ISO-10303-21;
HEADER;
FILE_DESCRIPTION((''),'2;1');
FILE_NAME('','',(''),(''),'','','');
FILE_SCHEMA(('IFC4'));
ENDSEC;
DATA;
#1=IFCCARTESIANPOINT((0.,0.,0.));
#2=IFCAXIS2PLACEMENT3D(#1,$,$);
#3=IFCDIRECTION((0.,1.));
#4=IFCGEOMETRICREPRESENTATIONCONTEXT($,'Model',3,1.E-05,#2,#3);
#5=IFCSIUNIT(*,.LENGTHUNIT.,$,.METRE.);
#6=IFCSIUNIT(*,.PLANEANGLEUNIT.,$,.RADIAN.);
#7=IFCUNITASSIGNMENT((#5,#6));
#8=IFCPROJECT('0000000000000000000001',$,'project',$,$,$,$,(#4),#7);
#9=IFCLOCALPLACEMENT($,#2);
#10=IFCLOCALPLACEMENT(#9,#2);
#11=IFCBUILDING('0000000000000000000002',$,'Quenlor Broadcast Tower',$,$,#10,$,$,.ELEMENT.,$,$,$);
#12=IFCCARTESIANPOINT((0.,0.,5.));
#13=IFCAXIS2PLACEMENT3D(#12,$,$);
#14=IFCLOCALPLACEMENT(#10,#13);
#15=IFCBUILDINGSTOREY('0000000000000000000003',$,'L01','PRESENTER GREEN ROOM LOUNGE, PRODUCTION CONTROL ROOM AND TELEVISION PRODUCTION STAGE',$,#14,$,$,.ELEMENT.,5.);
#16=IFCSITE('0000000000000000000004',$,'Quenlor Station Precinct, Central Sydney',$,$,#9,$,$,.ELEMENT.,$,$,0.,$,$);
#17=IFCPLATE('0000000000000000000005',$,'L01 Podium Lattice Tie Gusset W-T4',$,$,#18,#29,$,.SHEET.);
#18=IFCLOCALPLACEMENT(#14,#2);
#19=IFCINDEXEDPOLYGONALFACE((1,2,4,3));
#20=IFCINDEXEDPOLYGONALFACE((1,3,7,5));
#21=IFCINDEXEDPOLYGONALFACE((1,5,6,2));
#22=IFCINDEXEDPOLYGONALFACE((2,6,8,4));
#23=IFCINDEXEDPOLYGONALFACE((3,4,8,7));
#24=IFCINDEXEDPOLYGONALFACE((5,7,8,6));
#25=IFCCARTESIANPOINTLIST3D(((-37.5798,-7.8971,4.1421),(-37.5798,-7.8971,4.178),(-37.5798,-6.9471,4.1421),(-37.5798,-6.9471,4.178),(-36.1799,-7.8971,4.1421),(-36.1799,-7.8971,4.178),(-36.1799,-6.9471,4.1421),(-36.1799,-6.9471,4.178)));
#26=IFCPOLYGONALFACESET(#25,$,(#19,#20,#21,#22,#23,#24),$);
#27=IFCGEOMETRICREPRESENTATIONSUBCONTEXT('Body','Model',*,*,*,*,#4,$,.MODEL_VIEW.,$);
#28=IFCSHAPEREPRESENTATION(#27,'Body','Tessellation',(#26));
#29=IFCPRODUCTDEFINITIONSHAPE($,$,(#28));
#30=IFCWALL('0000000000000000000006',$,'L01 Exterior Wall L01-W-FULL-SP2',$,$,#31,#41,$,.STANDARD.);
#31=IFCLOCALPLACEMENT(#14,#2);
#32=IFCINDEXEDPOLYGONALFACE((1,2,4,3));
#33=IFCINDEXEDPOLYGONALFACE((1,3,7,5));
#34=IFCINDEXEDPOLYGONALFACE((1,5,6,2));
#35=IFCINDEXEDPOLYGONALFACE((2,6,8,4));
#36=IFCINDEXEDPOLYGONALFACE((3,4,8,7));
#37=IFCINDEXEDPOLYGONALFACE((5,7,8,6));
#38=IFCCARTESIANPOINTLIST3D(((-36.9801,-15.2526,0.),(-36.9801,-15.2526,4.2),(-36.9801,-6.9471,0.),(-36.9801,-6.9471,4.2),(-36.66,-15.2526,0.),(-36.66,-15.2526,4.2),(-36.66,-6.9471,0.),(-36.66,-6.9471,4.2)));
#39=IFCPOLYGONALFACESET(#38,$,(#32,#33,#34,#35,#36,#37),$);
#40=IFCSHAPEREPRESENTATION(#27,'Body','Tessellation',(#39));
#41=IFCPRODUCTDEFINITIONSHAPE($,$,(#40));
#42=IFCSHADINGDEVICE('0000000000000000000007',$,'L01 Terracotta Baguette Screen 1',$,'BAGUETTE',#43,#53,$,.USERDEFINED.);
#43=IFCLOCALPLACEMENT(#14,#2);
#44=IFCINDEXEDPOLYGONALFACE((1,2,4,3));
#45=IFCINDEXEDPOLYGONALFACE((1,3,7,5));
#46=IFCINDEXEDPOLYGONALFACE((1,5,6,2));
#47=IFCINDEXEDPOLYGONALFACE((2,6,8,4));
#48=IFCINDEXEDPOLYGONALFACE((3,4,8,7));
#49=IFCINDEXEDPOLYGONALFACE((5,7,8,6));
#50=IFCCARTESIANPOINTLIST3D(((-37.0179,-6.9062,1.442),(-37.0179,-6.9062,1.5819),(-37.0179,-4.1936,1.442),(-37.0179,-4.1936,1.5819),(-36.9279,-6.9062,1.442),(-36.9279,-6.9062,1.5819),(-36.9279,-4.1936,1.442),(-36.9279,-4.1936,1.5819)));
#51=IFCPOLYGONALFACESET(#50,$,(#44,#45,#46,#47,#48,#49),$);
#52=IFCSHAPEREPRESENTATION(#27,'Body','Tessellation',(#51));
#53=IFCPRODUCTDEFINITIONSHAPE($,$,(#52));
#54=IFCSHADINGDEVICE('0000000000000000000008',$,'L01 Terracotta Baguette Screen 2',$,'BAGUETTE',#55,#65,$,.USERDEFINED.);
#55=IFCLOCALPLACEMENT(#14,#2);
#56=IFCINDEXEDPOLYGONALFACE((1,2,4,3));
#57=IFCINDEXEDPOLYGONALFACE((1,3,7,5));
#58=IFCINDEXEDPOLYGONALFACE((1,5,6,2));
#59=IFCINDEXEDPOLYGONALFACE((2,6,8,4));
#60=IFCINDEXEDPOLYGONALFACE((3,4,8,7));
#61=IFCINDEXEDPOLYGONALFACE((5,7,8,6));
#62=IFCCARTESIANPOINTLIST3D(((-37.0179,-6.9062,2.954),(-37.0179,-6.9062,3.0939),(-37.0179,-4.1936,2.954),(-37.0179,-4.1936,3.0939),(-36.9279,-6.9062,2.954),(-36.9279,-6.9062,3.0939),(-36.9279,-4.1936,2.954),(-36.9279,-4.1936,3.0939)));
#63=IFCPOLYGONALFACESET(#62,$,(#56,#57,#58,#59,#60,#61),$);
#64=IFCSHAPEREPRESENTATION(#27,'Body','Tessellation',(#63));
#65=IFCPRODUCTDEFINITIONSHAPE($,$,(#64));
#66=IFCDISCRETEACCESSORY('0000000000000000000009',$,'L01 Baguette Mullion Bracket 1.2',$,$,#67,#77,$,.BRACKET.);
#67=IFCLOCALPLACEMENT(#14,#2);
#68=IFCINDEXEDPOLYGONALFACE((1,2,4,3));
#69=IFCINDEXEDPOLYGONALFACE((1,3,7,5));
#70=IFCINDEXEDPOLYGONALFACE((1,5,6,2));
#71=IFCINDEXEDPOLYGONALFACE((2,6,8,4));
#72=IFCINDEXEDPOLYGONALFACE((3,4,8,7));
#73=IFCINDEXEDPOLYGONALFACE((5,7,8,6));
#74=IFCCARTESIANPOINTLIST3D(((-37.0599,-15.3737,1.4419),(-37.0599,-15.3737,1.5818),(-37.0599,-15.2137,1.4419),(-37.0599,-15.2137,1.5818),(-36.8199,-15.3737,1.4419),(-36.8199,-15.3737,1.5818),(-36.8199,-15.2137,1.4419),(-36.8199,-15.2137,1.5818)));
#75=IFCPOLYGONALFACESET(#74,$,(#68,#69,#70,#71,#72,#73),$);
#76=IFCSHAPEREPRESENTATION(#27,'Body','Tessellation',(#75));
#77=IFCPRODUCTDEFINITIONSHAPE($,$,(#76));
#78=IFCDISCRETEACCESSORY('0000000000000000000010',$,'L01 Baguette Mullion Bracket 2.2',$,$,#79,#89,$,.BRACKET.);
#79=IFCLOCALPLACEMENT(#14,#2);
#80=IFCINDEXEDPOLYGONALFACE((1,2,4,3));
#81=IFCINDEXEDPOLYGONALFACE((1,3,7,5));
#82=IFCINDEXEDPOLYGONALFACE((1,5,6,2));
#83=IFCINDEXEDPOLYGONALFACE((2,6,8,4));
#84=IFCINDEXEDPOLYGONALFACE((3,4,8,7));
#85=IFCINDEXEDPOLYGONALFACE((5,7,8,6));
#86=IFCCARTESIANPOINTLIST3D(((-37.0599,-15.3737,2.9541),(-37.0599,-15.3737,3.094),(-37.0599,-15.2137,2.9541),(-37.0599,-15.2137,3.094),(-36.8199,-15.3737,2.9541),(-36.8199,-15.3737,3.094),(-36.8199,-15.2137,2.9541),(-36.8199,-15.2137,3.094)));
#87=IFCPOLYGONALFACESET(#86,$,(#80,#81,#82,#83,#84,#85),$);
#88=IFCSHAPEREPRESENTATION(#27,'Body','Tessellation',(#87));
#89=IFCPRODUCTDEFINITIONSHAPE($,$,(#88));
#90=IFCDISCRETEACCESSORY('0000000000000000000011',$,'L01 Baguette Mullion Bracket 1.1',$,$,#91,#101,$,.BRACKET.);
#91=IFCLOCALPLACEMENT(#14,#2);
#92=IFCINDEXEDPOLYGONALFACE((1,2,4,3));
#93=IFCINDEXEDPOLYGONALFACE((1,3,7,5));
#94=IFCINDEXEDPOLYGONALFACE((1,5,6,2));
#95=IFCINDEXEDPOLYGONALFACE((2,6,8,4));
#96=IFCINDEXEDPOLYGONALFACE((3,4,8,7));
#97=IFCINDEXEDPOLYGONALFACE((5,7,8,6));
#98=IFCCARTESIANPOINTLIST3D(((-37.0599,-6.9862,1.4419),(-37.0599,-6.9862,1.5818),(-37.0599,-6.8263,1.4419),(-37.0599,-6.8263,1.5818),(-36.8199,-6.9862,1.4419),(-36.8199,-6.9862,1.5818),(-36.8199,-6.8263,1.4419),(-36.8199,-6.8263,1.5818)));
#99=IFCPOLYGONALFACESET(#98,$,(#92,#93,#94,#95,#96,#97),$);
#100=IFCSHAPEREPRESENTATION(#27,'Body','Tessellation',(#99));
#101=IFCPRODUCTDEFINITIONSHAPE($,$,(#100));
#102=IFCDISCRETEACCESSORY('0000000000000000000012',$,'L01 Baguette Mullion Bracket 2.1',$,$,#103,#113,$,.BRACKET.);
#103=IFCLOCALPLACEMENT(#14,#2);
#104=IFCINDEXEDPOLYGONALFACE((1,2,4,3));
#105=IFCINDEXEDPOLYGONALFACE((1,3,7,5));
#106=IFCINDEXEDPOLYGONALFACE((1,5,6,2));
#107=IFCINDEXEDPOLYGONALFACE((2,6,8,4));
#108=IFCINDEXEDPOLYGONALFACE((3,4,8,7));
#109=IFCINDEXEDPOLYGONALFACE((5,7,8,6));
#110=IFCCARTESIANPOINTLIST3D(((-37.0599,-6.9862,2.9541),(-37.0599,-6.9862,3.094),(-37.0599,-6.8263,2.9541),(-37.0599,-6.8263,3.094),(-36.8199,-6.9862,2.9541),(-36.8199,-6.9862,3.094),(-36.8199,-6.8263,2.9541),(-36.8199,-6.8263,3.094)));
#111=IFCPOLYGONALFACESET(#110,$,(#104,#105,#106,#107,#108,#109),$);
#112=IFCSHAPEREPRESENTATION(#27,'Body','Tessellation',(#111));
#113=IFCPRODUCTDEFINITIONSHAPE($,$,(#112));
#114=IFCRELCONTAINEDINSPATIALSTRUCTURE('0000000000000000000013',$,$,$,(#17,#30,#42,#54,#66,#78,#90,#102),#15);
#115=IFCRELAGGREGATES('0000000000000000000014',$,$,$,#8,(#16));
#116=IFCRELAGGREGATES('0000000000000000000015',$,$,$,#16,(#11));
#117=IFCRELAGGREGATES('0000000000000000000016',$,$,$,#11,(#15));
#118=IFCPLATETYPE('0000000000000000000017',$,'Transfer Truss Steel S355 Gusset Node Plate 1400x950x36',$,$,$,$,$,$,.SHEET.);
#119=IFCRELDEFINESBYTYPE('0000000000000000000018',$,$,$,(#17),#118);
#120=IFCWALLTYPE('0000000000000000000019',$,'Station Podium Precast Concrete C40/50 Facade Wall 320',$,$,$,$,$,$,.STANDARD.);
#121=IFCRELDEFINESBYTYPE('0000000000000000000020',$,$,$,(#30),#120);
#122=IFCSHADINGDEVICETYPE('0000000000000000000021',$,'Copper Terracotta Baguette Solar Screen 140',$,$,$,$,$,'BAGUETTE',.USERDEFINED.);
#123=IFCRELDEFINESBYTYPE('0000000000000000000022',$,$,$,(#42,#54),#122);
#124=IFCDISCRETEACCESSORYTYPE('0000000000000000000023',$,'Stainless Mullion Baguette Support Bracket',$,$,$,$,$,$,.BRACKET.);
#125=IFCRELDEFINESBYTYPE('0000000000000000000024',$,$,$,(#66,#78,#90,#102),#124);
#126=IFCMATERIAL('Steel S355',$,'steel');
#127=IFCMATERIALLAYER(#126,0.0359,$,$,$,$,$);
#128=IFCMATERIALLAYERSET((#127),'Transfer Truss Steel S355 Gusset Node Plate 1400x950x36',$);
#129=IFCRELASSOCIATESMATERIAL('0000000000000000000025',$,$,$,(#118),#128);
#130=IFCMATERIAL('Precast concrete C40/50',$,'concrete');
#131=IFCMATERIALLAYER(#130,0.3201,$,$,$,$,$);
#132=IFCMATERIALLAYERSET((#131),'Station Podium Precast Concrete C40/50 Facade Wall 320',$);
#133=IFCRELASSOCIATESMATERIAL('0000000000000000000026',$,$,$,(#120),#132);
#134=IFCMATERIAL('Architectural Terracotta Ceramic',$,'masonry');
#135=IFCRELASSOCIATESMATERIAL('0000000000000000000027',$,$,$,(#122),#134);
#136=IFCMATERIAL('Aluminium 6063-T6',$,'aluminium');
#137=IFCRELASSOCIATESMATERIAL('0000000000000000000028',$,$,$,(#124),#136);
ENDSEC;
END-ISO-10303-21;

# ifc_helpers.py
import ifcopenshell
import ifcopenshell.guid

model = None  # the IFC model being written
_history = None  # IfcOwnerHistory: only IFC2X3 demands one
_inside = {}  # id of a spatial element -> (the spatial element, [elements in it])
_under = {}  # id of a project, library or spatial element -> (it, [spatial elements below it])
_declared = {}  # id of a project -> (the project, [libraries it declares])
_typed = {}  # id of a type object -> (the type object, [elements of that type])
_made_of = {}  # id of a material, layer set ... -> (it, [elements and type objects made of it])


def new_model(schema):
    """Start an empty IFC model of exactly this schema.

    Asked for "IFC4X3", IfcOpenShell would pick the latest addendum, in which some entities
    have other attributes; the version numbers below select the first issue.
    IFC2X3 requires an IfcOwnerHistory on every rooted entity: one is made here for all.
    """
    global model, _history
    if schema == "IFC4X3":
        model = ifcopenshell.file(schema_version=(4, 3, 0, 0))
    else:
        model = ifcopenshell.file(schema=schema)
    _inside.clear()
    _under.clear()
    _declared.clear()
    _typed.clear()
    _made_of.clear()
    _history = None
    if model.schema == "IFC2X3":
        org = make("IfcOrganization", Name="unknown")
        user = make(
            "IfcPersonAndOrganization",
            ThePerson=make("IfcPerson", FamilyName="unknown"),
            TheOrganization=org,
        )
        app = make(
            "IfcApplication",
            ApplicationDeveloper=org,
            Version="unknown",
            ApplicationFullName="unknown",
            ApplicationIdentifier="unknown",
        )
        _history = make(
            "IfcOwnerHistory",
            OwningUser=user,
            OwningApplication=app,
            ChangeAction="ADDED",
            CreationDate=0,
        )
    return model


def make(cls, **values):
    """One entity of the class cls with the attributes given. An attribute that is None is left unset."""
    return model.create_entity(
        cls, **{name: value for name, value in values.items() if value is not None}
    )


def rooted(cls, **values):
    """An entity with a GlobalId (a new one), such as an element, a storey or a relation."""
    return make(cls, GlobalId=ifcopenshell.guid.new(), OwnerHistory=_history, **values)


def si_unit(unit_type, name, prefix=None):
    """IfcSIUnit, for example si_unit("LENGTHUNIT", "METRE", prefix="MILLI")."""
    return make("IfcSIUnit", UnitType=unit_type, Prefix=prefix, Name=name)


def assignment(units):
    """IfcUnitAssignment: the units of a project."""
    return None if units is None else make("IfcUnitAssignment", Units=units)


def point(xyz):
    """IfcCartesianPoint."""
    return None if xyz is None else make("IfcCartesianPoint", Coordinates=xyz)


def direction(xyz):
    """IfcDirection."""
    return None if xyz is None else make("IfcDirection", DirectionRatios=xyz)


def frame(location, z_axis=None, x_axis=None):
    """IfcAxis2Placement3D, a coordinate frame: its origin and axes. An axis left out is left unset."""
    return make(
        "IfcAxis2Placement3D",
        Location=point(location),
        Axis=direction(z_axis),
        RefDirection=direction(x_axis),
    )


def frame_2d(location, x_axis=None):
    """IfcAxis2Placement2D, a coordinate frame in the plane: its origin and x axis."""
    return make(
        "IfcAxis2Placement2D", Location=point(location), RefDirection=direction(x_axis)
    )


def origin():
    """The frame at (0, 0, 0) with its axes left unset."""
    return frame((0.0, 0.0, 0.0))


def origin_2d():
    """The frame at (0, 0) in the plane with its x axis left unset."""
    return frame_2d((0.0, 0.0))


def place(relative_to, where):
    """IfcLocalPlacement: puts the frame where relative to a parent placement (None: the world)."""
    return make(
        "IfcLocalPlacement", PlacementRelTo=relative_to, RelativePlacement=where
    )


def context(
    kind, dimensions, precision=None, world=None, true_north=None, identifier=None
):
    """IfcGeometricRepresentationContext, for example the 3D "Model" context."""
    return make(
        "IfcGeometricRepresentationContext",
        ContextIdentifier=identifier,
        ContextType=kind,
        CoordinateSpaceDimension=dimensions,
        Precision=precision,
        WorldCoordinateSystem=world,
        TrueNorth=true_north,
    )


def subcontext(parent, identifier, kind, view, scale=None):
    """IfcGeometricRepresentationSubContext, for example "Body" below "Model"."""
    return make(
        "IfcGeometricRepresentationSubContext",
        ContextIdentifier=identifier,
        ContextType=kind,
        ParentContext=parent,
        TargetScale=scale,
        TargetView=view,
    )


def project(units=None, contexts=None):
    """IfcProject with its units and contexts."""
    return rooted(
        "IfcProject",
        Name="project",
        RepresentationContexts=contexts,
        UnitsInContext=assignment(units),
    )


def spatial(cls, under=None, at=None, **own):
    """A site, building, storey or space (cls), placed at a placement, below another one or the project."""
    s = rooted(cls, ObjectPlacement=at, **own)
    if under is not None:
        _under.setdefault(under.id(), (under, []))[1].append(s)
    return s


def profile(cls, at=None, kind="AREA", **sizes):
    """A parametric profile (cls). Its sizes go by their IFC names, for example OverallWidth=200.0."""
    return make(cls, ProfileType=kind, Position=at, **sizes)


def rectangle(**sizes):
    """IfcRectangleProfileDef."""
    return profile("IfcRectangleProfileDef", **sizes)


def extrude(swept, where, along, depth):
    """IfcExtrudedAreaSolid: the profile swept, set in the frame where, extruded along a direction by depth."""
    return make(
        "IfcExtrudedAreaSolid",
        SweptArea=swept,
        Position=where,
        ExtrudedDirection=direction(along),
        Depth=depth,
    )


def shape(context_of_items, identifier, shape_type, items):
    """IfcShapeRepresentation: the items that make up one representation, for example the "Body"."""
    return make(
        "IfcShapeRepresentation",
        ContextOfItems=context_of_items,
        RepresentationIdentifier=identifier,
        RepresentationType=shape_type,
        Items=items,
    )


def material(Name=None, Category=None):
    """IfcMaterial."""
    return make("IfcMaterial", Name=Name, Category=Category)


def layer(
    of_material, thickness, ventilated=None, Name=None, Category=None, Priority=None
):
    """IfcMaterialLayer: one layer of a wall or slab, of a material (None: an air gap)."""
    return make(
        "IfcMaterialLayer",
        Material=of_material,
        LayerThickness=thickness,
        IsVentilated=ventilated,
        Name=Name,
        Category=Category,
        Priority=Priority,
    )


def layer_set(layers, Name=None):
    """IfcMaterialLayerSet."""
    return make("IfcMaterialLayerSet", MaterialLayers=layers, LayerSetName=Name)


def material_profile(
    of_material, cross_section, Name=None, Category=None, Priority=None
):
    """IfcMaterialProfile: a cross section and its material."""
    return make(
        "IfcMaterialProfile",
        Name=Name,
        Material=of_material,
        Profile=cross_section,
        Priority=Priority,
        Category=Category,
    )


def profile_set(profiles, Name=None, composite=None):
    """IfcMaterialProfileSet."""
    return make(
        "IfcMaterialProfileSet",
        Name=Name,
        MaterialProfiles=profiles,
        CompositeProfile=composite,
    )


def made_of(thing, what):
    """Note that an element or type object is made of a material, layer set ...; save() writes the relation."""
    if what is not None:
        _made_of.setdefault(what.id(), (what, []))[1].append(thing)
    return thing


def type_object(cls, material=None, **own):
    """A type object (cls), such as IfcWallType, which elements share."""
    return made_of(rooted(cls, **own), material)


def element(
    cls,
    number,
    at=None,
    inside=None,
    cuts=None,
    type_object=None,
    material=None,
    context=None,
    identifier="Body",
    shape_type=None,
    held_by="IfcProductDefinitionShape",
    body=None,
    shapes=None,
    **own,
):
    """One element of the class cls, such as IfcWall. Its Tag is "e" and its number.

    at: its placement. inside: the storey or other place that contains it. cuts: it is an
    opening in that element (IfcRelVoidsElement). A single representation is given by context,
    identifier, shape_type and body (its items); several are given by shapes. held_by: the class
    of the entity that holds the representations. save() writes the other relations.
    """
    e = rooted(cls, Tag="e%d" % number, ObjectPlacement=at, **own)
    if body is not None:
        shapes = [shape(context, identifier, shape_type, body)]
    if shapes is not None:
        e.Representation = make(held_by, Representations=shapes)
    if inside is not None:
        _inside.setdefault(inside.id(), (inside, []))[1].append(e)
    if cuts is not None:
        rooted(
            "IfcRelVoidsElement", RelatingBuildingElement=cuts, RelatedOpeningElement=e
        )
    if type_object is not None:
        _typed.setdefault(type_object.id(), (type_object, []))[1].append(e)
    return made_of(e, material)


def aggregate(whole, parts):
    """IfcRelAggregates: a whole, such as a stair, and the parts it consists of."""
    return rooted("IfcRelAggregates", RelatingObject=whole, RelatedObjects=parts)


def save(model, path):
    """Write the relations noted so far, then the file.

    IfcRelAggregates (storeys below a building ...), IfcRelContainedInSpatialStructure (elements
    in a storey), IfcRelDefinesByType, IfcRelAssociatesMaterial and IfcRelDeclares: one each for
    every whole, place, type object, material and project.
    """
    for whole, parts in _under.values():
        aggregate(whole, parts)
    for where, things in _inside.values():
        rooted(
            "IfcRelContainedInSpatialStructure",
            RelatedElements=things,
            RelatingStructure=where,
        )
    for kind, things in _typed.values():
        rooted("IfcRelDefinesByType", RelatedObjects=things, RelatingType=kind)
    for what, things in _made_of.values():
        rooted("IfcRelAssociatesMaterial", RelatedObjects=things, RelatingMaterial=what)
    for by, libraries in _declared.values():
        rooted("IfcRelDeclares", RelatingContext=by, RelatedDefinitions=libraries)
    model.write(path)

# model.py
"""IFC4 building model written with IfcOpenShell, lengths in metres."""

from ifc_helpers import new_model, si_unit, direction, frame, frame_2d, origin, origin_2d, place, context, subcontext, project, spatial, rectangle, extrude, material, layer, layer_set, material_profile, profile_set, type_object, element, save


model = new_model("IFC4")

# Units and contexts
model_context = context("Model", 3, precision=1e-05, world=origin(), true_north=direction((0.0, 1.0)))
body_context = subcontext(model_context, "Body", "Model", "MODEL_VIEW")
ifc_project = project(units=[si_unit("LENGTHUNIT", "METRE"), si_unit("PLANEANGLEUNIT", "RADIAN")], contexts=[model_context])

# Site, building, storey
site_placement = place(None, origin())
site = spatial("IfcSite", under=ifc_project, at=site_placement, Name="Quenlor Station Precinct, Central Sydney", CompositionType="ELEMENT", RefElevation=0.0)
building_placement = place(site_placement, origin())
building = spatial("IfcBuilding", under=site, at=building_placement, Name="Quenlor Broadcast Tower", CompositionType="ELEMENT")
storey_placement = place(building_placement, frame((0.0, 0.0, 5.0)))
storey = spatial("IfcBuildingStorey", under=building, at=storey_placement, Name="L01", Description="PRESENTER GREEN ROOM LOUNGE, PRODUCTION CONTROL ROOM AND TELEVISION PRODUCTION STAGE", CompositionType="ELEMENT", Elevation=5.0)

# Plate
ifc_material_1 = material(Name="Steel S355", Category="steel")
ifc_layer_1 = layer(ifc_material_1, 0.0359)
ifc_layer_set_1 = layer_set([ifc_layer_1], Name="Transfer Truss Steel S355 Gusset Node Plate 1400x950x36")
plate_type_1 = type_object("IfcPlateType", Name="Transfer Truss Steel S355 Gusset Node Plate 1400x950x36", PredefinedType="SHEET", material=ifc_layer_set_1)
for number, where, z_axis, x_axis, name in (
    (1, (-36.8799, -7.4221, 4.1421), (0.0, 0.0, 1.0), (-1.0, 0.0, 0.0), "L01 Podium Lattice Tie Gusset W-T4"),
):
    element("IfcPlate", number, at=place(storey_placement, frame(where, z_axis=z_axis, x_axis=x_axis)), inside=storey, type_object=plate_type_1, Name=name, PredefinedType="SHEET", context=body_context, shape_type="SweptSolid", body=[
        extrude(rectangle(XDim=1.3999, YDim=0.95, at=origin_2d()), origin(), (0.0, 0.0, 1.0), 0.0359),
    ])

# Wall
ifc_material_2 = material(Name="Precast concrete C40/50", Category="concrete")
ifc_layer_2 = layer(ifc_material_2, 0.3201)
ifc_layer_set_2 = layer_set([ifc_layer_2], Name="Station Podium Precast Concrete C40/50 Facade Wall 320")
wall_type = type_object("IfcWallType", Name="Station Podium Precast Concrete C40/50 Facade Wall 320", PredefinedType="STANDARD", material=ifc_layer_set_2)
wall_placement = place(storey_placement, frame((-36.8201, -15.2527, 0.0), z_axis=(0.0, 0.0, 1.0), x_axis=(0.0, 1.0, 0.0)))
element("IfcWall", 2, at=wall_placement, inside=storey, type_object=wall_type, Name="L01 Exterior Wall L01-W-FULL-SP2", PredefinedType="STANDARD", context=body_context, shape_type="SweptSolid", body=[
    extrude(rectangle(XDim=8.3054, YDim=0.3201, at=frame_2d((4.1528, 0.0))), origin(), (0.0, 0.0, 1.0), 4.2),
])

# Shading devices
ifc_material_3 = material(Name="Architectural Terracotta Ceramic", Category="masonry")
ifc_material_profile_1 = material_profile(ifc_material_3, rectangle(XDim=0.0901, YDim=0.1399, at=origin_2d()))
ifc_profile_set_1 = profile_set([ifc_material_profile_1], Name="Architectural Terracotta Ceramic BAG90x140")
shading_device_type = type_object("IfcShadingDeviceType", Name="Copper Terracotta Baguette Solar Screen 140", ElementType="BAGUETTE", PredefinedType="USERDEFINED", material=ifc_profile_set_1)
for number, where, z_axis, x_axis, name in (
    (3, (-36.9729, -6.9062, 1.512), (0.0, 1.0, 0.0), (-1.0, 0.0, 0.0), "L01 Terracotta Baguette Screen 1"),
    (4, (-36.9729, -6.9062, 3.0239), (0.0, 1.0, 0.0), (-1.0, 0.0, 0.0), "L01 Terracotta Baguette Screen 2"),
):
    element("IfcShadingDevice", number, at=place(storey_placement, frame(where, z_axis=z_axis, x_axis=x_axis)), inside=storey, type_object=shading_device_type, Name=name, ObjectType="BAGUETTE", PredefinedType="USERDEFINED", context=body_context, shape_type="SweptSolid", body=[
        extrude(rectangle(XDim=0.0901, YDim=0.1399, at=origin_2d()), origin(), (0.0, 0.0, 1.0), 2.7126),
    ])

# Discrete accessories
ifc_material_4 = material(Name="Aluminium 6063-T6", Category="aluminium")
discrete_accessory_type = type_object("IfcDiscreteAccessoryType", Name="Stainless Mullion Baguette Support Bracket", PredefinedType="BRACKET", material=ifc_material_4)
for number, where, z_axis, x_axis, name in (
    (5, (-36.9399, -15.2937, 1.4419), (0.0, 0.0, 1.0), (0.0, 1.0, 0.0), "L01 Baguette Mullion Bracket 1.2"),
    (6, (-36.9399, -15.2937, 2.9541), (0.0, 0.0, 1.0), (0.0, 1.0, 0.0), "L01 Baguette Mullion Bracket 2.2"),
    (7, (-36.9399, -6.9062, 1.4419), (0.0, 0.0, 1.0), (0.0, 1.0, 0.0), "L01 Baguette Mullion Bracket 1.1"),
    (8, (-36.9399, -6.9062, 2.9541), (0.0, 0.0, 1.0), (0.0, 1.0, 0.0), "L01 Baguette Mullion Bracket 2.1"),
):
    element("IfcDiscreteAccessory", number, at=place(storey_placement, frame(where, z_axis=z_axis, x_axis=x_axis)), inside=storey, type_object=discrete_accessory_type, Name=name, PredefinedType="BRACKET", context=body_context, shape_type="SweptSolid", body=[
        extrude(rectangle(XDim=0.1599, YDim=0.24, at=origin_2d()), origin(), (0.0, 0.0, 1.0), 0.1399),
    ])

save(model, "model.ifc")
